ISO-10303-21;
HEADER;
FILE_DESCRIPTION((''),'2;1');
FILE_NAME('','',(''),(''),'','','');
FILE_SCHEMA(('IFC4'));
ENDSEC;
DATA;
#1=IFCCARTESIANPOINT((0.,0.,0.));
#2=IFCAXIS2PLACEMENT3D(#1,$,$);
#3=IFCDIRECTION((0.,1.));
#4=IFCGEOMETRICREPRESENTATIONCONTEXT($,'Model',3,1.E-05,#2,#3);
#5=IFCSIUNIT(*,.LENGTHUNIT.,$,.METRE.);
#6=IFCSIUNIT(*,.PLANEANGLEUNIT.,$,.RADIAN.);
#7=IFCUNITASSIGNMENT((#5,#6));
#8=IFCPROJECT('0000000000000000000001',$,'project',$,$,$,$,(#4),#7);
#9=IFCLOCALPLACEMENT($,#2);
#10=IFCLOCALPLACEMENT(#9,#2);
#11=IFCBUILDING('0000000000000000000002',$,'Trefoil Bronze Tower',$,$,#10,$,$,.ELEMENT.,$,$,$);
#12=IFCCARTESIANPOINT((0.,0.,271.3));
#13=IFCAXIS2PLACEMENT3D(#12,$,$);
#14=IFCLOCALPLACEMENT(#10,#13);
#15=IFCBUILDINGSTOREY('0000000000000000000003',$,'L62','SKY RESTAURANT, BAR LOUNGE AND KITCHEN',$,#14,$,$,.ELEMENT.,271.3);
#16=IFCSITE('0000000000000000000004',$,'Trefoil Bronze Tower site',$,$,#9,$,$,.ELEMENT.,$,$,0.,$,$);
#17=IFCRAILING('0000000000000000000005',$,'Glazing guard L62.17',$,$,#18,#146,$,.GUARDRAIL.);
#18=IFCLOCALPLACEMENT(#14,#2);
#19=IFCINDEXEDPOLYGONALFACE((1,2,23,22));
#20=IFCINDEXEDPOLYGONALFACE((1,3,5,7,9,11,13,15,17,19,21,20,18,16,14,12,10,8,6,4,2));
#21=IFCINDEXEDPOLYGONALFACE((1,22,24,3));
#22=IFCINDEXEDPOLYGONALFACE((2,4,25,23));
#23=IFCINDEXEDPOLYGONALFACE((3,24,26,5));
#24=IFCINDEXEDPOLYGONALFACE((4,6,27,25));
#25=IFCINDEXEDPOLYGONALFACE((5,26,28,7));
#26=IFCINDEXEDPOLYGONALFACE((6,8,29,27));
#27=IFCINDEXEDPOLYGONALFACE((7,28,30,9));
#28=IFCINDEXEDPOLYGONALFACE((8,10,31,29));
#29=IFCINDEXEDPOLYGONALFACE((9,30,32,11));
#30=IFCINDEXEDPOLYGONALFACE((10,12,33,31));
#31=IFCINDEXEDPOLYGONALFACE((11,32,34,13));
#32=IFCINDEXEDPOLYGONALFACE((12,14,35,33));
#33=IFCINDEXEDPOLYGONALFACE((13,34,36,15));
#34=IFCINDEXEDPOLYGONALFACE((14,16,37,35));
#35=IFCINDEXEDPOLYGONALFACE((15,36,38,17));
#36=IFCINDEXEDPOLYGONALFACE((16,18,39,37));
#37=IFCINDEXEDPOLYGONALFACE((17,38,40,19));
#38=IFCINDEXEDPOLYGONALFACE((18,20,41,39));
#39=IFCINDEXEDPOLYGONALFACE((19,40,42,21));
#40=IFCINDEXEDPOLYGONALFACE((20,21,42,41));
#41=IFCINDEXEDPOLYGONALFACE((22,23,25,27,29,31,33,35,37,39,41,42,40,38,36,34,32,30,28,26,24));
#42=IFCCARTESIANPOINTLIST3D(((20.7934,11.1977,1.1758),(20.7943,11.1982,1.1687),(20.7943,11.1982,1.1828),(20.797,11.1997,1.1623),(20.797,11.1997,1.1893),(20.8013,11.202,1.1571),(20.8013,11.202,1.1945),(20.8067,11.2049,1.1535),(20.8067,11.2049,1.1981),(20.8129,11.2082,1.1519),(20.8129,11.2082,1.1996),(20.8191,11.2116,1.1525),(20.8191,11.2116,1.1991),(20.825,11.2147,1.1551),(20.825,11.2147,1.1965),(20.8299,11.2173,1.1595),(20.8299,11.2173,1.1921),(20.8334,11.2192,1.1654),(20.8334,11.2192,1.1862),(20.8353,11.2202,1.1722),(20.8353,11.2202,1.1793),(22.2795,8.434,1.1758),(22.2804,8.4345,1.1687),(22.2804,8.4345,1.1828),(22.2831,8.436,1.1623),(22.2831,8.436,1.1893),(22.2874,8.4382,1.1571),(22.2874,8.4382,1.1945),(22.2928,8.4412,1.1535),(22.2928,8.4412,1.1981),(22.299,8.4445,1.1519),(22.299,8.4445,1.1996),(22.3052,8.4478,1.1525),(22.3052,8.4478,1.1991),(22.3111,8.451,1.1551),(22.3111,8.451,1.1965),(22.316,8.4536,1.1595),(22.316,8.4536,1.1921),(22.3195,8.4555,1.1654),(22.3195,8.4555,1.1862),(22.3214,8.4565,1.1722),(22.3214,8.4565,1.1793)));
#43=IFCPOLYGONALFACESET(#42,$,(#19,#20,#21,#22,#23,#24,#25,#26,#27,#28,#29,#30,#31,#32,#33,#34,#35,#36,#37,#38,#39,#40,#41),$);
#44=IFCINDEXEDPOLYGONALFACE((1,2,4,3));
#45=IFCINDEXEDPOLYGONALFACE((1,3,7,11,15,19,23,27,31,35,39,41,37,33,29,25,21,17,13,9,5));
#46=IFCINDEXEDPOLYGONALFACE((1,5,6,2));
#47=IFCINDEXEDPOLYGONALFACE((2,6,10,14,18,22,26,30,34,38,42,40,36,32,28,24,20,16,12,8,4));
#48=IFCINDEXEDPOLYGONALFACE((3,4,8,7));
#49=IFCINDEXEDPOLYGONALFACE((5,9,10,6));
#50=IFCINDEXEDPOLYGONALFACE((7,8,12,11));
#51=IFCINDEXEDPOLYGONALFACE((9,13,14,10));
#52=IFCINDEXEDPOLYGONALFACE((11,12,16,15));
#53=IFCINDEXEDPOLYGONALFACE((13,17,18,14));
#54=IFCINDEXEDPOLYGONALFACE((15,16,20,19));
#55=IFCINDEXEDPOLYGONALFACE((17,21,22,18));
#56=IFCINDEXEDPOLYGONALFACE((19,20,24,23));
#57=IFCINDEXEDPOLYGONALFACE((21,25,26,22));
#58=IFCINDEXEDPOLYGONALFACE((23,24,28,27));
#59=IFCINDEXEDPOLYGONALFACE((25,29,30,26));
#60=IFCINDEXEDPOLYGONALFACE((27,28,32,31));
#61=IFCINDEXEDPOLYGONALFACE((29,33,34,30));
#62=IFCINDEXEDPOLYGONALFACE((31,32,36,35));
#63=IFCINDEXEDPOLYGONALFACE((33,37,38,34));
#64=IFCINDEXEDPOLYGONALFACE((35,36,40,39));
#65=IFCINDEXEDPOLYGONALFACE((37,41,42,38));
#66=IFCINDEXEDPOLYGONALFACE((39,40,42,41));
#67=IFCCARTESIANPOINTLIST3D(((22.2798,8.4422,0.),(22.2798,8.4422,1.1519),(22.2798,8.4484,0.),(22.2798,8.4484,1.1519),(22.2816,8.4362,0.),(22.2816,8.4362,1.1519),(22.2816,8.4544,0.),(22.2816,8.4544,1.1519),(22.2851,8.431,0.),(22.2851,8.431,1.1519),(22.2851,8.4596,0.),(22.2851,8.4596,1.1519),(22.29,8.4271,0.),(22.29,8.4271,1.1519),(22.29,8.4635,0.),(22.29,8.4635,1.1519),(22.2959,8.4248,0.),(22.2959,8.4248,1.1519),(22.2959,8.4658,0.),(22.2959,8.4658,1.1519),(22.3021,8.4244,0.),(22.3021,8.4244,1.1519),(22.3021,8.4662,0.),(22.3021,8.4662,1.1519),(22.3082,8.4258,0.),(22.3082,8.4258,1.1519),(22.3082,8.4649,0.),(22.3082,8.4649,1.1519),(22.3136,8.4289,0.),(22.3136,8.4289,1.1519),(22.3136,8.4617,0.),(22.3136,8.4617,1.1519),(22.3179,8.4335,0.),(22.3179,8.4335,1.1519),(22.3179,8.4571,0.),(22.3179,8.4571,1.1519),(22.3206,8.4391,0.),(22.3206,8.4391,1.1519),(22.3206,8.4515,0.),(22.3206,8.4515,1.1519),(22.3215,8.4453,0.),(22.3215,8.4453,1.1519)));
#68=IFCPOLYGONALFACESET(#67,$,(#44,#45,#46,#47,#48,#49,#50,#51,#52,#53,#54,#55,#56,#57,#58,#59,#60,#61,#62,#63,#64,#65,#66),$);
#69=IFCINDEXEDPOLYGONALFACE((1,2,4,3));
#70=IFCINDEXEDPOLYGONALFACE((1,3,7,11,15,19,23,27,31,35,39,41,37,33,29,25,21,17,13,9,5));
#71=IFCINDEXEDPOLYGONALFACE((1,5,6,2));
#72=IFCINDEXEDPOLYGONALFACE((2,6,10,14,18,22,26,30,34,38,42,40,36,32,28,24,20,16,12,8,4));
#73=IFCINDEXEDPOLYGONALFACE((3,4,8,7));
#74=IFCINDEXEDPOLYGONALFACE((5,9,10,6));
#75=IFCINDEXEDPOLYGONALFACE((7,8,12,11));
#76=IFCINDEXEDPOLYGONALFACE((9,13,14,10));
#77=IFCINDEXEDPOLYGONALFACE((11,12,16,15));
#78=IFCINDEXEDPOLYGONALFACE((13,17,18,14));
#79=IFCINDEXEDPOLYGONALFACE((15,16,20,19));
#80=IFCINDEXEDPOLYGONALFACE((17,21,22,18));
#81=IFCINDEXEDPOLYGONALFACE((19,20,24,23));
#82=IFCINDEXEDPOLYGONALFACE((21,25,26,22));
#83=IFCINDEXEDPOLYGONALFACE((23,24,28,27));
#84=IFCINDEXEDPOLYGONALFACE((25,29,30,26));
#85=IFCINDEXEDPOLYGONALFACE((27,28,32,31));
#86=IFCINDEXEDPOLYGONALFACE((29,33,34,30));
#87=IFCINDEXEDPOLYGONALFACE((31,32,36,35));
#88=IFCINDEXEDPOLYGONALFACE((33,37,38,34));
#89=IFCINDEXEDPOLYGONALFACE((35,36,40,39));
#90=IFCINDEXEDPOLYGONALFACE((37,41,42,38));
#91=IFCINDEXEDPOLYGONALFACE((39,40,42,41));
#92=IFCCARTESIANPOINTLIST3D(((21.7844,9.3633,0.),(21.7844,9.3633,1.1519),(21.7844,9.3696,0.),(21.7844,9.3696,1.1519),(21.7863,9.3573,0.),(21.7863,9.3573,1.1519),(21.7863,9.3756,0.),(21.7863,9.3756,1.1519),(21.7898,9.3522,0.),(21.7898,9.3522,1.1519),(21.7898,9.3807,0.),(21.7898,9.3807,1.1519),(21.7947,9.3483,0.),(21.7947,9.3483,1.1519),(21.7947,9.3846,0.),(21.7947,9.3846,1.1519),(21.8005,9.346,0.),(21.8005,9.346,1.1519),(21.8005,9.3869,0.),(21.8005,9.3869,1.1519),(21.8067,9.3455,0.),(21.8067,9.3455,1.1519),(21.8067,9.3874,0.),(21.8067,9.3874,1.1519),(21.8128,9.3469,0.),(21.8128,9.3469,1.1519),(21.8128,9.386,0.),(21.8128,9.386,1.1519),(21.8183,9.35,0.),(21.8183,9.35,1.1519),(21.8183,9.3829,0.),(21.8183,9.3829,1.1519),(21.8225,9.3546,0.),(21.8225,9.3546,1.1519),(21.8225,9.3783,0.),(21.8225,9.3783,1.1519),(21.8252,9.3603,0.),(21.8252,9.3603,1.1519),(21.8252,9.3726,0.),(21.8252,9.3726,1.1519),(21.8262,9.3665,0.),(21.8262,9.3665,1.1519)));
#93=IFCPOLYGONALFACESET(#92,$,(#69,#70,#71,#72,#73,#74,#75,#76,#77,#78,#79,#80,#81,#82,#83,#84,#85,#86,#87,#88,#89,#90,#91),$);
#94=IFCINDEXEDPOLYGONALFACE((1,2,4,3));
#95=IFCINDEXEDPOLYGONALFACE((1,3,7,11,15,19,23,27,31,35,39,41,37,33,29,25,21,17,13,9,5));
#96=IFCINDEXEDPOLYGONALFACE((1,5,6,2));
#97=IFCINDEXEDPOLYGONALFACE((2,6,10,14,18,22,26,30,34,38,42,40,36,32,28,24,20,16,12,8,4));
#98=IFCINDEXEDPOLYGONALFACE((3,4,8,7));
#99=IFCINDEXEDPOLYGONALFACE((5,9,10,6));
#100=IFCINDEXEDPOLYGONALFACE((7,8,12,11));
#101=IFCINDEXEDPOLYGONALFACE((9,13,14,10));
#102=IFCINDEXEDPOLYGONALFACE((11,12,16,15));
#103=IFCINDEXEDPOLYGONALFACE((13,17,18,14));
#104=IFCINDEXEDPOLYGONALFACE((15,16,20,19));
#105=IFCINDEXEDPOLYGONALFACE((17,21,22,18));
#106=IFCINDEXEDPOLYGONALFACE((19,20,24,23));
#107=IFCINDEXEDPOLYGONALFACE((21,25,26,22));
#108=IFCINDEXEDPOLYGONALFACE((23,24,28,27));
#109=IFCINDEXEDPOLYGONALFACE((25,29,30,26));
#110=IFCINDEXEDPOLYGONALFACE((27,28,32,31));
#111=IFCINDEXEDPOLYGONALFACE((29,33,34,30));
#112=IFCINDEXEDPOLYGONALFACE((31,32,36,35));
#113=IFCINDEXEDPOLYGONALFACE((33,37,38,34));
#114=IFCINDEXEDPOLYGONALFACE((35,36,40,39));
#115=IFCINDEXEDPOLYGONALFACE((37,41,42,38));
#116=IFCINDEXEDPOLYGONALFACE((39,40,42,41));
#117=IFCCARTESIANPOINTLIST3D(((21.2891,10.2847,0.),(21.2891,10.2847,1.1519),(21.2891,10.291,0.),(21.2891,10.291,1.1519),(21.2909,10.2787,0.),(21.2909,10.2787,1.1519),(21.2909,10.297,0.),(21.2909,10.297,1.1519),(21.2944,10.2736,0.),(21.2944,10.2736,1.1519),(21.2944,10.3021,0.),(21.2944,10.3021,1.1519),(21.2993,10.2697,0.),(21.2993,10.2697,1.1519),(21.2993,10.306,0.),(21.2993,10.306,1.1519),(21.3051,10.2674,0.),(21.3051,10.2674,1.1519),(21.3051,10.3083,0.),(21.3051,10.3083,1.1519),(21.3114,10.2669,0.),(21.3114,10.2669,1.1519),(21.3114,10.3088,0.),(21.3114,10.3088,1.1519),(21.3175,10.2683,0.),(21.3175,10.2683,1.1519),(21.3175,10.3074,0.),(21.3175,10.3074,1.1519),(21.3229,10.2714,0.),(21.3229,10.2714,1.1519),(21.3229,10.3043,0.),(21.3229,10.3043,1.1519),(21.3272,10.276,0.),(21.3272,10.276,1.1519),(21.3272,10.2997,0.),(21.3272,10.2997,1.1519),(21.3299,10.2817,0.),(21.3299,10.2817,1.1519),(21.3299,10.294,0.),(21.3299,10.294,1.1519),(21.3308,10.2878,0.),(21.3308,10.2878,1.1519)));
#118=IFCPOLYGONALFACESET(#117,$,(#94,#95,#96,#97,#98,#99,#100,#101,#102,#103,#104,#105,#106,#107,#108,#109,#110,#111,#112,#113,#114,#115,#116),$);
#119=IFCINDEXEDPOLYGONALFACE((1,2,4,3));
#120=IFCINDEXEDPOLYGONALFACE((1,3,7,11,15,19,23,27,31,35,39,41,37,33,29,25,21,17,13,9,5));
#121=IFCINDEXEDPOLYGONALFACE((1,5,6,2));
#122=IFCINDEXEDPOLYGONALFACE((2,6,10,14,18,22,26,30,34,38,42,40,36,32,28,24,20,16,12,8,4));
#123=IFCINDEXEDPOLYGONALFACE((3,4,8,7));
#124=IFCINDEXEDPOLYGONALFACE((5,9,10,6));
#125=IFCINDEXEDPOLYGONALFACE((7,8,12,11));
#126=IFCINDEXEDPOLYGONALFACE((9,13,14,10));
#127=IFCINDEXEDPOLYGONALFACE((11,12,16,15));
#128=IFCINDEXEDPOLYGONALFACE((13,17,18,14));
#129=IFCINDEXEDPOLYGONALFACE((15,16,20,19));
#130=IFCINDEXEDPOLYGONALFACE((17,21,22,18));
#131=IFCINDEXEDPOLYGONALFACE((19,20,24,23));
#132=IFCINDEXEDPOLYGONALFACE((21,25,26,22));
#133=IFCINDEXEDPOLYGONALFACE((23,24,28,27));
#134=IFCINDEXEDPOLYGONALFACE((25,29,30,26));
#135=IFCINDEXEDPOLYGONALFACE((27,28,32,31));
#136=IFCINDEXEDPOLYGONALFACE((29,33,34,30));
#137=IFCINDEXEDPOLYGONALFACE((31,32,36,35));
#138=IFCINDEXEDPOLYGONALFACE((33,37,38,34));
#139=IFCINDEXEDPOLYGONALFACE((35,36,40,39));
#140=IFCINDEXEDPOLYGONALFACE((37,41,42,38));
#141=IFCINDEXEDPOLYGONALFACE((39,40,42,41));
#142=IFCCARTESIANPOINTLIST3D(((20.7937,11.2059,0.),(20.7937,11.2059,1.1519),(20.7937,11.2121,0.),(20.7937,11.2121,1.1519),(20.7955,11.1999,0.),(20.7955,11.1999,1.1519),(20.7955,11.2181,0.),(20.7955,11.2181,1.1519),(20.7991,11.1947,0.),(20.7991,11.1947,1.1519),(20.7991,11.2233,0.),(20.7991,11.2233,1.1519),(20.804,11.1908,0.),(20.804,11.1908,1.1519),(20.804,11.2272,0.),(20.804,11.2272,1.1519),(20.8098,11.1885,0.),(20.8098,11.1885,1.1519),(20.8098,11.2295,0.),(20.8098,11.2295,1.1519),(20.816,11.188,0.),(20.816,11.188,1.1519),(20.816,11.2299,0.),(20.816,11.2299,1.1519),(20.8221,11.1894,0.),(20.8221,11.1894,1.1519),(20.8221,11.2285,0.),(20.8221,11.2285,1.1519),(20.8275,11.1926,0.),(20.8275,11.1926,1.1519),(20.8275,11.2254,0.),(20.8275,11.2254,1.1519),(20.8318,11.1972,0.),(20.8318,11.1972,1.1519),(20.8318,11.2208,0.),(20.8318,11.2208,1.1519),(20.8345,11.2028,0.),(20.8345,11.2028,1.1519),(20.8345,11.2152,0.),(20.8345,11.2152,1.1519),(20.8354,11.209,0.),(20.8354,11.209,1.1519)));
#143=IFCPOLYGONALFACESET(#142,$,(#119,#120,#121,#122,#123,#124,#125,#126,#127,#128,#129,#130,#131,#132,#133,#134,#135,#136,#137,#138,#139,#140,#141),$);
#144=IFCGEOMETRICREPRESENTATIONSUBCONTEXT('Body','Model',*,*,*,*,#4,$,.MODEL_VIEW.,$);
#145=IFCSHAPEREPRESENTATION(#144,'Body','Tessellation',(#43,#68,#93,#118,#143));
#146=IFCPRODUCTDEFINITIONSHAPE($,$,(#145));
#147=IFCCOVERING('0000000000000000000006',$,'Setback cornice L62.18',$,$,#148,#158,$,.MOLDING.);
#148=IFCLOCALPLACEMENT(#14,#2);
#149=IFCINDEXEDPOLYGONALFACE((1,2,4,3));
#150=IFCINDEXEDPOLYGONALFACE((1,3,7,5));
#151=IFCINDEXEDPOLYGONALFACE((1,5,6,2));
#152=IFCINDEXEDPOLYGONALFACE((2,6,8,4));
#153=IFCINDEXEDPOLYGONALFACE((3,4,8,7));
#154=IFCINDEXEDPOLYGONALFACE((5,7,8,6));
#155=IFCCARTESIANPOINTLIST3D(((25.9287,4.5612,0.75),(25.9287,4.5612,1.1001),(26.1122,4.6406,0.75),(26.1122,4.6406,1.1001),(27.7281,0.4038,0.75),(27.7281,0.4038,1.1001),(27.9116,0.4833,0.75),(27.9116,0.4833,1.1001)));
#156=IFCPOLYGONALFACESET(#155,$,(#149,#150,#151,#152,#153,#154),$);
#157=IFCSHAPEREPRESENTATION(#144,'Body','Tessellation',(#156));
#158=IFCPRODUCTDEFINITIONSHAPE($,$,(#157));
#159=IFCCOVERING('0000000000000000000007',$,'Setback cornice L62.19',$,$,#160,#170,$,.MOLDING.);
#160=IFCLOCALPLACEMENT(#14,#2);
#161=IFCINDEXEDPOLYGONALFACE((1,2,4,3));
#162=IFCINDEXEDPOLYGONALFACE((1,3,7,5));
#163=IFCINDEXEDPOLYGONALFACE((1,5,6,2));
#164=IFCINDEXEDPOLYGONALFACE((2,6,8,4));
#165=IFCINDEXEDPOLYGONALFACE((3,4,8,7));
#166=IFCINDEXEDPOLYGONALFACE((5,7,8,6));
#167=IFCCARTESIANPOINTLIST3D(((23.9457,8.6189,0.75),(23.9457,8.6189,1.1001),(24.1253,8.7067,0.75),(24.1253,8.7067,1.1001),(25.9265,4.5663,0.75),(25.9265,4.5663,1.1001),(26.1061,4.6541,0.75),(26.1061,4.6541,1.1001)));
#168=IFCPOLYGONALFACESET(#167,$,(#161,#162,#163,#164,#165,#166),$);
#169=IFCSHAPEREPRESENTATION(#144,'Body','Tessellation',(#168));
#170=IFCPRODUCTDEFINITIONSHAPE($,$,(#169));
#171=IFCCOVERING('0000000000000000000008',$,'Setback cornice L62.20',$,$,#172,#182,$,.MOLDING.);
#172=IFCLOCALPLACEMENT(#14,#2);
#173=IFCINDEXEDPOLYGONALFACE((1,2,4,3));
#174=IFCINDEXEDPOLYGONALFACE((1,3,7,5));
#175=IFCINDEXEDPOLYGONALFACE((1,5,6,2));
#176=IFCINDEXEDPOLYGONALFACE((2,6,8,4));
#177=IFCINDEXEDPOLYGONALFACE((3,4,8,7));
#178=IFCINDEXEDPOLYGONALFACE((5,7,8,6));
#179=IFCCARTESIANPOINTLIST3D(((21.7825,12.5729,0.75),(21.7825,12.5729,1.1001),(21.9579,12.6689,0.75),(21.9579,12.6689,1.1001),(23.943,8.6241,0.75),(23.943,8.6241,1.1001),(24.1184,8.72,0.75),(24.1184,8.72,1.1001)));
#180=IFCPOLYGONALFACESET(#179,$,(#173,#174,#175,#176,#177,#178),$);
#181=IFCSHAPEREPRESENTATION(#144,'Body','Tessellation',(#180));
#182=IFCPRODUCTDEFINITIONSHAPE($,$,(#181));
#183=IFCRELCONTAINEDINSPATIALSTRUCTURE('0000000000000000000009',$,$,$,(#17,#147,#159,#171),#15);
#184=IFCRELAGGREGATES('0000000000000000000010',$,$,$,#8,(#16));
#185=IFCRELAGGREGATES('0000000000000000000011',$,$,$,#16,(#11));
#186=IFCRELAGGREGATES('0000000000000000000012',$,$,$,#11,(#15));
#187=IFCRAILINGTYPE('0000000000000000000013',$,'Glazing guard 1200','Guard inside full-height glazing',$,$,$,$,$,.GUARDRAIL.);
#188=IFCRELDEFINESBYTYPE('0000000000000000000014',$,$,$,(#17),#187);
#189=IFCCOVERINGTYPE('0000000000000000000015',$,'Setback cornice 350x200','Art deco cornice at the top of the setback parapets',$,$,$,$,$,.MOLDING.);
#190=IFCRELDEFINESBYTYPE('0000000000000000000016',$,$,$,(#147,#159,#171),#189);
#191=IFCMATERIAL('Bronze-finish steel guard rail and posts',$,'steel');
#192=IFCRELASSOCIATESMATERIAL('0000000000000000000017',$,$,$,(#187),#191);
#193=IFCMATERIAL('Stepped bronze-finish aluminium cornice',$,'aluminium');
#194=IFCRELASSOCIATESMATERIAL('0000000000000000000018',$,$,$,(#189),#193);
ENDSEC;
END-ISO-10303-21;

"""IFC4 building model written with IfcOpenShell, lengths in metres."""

from ifc_helpers import new_model, si_unit, direction, frame, origin, origin_2d, place, context, subcontext, project, spatial, rectangle, circle, extrude, material, type_object, element, save


model = new_model("IFC4")

# Units and contexts
model_context = context("Model", 3, precision=1e-05, world=origin(), true_north=direction((0.0, 1.0)))
body_context = subcontext(model_context, "Body", "Model", "MODEL_VIEW")
ifc_project = project(units=[si_unit("LENGTHUNIT", "METRE"), si_unit("PLANEANGLEUNIT", "RADIAN")], contexts=[model_context])

# Site, building, storey
site_placement = place(None, origin())
site = spatial("IfcSite", under=ifc_project, at=site_placement, Name="Trefoil Bronze Tower site", CompositionType="ELEMENT", RefElevation=0.0)
building_placement = place(site_placement, origin())
building = spatial("IfcBuilding", under=site, at=building_placement, Name="Trefoil Bronze Tower", CompositionType="ELEMENT")
storey_placement = place(building_placement, frame((0.0, 0.0, 271.3)))
storey = spatial("IfcBuildingStorey", under=building, at=storey_placement, Name="L62", Description="SKY RESTAURANT, BAR LOUNGE AND KITCHEN", CompositionType="ELEMENT", Elevation=271.3)

# Railing
ifc_material_1 = material(Name="Bronze-finish steel guard rail and posts", Category="steel")
railing_type = type_object("IfcRailingType", Name="Glazing guard 1200", Description="Guard inside full-height glazing", PredefinedType="GUARDRAIL", material=ifc_material_1)
railing_1_placement = place(storey_placement, frame((22.3005, 8.4453, 0.0)))
element("IfcRailing", 1, at=railing_1_placement, inside=storey, type_object=railing_type, Name="Glazing guard L62.17", PredefinedType="GUARDRAIL", context=body_context, shape_type="SweptSolid", body=[
    extrude(circle(Radius=0.0239, at=origin_2d()), frame((0.0, 0.0, 1.1758), z_axis=(-0.473594, 0.880743, 0.0), x_axis=(-0.880743, -0.473594, 0.0)), (0.0, 0.0, 1.0), 3.1379),
    extrude(circle(Radius=0.021, at=origin_2d()), origin(), (0.0, 0.0, 1.0), 1.1519),
    extrude(circle(Radius=0.021, at=origin_2d()), frame((-0.4954, 0.9211, 0.0)), (0.0, 0.0, 1.0), 1.1519),
    extrude(circle(Radius=0.021, at=origin_2d()), frame((-0.9907, 1.8425, 0.0)), (0.0, 0.0, 1.0), 1.1519),
    extrude(circle(Radius=0.021, at=origin_2d()), frame((-1.4861, 2.7637, 0.0)), (0.0, 0.0, 1.0), 1.1519),
])

# Coverings
ifc_material_2 = material(Name="Stepped bronze-finish aluminium cornice", Category="aluminium")
covering_type = type_object("IfcCoveringType", Name="Setback cornice 350x200", Description="Art deco cornice at the top of the setback parapets", PredefinedType="MOLDING", material=ifc_material_2)
covering_1_placement = place(storey_placement, frame((26.9202, 2.5222, 0.75), z_axis=(0.0, 0.0, 1.0), x_axis=(-0.39722, 0.917723, 0.0)))
element("IfcCovering", 2, at=covering_1_placement, inside=storey, type_object=covering_type, Name="Setback cornice L62.18", PredefinedType="MOLDING", context=body_context, shape_type="SweptSolid", body=[
    extrude(rectangle(XDim=4.53, YDim=0.2, at=origin_2d()), origin(), (0.0, 0.0, 1.0), 0.3501),
])
covering_2_placement = place(storey_placement, frame((25.0259, 6.6365, 0.75), z_axis=(0.0, 0.0, 1.0), x_axis=(-0.439129, 0.898424, 0.0)))
element("IfcCovering", 3, at=covering_2_placement, inside=storey, type_object=covering_type, Name="Setback cornice L62.19", PredefinedType="MOLDING", context=body_context, shape_type="SweptSolid", body=[
    extrude(rectangle(XDim=4.5107, YDim=0.2, at=origin_2d()), origin(), (0.0, 0.0, 1.0), 0.3501),
])
covering_3_placement = place(storey_placement, frame((22.9504, 10.6465, 0.75), z_axis=(0.0, 0.0, 1.0), x_axis=(-0.479974, 0.877283, 0.0)))
element("IfcCovering", 4, at=covering_3_placement, inside=storey, type_object=covering_type, Name="Setback cornice L62.20", PredefinedType="MOLDING", context=body_context, shape_type="SweptSolid", body=[
    extrude(rectangle(XDim=4.5012, YDim=0.2, at=origin_2d()), origin(), (0.0, 0.0, 1.0), 0.3501),
])

save(model, "model.ifc")
